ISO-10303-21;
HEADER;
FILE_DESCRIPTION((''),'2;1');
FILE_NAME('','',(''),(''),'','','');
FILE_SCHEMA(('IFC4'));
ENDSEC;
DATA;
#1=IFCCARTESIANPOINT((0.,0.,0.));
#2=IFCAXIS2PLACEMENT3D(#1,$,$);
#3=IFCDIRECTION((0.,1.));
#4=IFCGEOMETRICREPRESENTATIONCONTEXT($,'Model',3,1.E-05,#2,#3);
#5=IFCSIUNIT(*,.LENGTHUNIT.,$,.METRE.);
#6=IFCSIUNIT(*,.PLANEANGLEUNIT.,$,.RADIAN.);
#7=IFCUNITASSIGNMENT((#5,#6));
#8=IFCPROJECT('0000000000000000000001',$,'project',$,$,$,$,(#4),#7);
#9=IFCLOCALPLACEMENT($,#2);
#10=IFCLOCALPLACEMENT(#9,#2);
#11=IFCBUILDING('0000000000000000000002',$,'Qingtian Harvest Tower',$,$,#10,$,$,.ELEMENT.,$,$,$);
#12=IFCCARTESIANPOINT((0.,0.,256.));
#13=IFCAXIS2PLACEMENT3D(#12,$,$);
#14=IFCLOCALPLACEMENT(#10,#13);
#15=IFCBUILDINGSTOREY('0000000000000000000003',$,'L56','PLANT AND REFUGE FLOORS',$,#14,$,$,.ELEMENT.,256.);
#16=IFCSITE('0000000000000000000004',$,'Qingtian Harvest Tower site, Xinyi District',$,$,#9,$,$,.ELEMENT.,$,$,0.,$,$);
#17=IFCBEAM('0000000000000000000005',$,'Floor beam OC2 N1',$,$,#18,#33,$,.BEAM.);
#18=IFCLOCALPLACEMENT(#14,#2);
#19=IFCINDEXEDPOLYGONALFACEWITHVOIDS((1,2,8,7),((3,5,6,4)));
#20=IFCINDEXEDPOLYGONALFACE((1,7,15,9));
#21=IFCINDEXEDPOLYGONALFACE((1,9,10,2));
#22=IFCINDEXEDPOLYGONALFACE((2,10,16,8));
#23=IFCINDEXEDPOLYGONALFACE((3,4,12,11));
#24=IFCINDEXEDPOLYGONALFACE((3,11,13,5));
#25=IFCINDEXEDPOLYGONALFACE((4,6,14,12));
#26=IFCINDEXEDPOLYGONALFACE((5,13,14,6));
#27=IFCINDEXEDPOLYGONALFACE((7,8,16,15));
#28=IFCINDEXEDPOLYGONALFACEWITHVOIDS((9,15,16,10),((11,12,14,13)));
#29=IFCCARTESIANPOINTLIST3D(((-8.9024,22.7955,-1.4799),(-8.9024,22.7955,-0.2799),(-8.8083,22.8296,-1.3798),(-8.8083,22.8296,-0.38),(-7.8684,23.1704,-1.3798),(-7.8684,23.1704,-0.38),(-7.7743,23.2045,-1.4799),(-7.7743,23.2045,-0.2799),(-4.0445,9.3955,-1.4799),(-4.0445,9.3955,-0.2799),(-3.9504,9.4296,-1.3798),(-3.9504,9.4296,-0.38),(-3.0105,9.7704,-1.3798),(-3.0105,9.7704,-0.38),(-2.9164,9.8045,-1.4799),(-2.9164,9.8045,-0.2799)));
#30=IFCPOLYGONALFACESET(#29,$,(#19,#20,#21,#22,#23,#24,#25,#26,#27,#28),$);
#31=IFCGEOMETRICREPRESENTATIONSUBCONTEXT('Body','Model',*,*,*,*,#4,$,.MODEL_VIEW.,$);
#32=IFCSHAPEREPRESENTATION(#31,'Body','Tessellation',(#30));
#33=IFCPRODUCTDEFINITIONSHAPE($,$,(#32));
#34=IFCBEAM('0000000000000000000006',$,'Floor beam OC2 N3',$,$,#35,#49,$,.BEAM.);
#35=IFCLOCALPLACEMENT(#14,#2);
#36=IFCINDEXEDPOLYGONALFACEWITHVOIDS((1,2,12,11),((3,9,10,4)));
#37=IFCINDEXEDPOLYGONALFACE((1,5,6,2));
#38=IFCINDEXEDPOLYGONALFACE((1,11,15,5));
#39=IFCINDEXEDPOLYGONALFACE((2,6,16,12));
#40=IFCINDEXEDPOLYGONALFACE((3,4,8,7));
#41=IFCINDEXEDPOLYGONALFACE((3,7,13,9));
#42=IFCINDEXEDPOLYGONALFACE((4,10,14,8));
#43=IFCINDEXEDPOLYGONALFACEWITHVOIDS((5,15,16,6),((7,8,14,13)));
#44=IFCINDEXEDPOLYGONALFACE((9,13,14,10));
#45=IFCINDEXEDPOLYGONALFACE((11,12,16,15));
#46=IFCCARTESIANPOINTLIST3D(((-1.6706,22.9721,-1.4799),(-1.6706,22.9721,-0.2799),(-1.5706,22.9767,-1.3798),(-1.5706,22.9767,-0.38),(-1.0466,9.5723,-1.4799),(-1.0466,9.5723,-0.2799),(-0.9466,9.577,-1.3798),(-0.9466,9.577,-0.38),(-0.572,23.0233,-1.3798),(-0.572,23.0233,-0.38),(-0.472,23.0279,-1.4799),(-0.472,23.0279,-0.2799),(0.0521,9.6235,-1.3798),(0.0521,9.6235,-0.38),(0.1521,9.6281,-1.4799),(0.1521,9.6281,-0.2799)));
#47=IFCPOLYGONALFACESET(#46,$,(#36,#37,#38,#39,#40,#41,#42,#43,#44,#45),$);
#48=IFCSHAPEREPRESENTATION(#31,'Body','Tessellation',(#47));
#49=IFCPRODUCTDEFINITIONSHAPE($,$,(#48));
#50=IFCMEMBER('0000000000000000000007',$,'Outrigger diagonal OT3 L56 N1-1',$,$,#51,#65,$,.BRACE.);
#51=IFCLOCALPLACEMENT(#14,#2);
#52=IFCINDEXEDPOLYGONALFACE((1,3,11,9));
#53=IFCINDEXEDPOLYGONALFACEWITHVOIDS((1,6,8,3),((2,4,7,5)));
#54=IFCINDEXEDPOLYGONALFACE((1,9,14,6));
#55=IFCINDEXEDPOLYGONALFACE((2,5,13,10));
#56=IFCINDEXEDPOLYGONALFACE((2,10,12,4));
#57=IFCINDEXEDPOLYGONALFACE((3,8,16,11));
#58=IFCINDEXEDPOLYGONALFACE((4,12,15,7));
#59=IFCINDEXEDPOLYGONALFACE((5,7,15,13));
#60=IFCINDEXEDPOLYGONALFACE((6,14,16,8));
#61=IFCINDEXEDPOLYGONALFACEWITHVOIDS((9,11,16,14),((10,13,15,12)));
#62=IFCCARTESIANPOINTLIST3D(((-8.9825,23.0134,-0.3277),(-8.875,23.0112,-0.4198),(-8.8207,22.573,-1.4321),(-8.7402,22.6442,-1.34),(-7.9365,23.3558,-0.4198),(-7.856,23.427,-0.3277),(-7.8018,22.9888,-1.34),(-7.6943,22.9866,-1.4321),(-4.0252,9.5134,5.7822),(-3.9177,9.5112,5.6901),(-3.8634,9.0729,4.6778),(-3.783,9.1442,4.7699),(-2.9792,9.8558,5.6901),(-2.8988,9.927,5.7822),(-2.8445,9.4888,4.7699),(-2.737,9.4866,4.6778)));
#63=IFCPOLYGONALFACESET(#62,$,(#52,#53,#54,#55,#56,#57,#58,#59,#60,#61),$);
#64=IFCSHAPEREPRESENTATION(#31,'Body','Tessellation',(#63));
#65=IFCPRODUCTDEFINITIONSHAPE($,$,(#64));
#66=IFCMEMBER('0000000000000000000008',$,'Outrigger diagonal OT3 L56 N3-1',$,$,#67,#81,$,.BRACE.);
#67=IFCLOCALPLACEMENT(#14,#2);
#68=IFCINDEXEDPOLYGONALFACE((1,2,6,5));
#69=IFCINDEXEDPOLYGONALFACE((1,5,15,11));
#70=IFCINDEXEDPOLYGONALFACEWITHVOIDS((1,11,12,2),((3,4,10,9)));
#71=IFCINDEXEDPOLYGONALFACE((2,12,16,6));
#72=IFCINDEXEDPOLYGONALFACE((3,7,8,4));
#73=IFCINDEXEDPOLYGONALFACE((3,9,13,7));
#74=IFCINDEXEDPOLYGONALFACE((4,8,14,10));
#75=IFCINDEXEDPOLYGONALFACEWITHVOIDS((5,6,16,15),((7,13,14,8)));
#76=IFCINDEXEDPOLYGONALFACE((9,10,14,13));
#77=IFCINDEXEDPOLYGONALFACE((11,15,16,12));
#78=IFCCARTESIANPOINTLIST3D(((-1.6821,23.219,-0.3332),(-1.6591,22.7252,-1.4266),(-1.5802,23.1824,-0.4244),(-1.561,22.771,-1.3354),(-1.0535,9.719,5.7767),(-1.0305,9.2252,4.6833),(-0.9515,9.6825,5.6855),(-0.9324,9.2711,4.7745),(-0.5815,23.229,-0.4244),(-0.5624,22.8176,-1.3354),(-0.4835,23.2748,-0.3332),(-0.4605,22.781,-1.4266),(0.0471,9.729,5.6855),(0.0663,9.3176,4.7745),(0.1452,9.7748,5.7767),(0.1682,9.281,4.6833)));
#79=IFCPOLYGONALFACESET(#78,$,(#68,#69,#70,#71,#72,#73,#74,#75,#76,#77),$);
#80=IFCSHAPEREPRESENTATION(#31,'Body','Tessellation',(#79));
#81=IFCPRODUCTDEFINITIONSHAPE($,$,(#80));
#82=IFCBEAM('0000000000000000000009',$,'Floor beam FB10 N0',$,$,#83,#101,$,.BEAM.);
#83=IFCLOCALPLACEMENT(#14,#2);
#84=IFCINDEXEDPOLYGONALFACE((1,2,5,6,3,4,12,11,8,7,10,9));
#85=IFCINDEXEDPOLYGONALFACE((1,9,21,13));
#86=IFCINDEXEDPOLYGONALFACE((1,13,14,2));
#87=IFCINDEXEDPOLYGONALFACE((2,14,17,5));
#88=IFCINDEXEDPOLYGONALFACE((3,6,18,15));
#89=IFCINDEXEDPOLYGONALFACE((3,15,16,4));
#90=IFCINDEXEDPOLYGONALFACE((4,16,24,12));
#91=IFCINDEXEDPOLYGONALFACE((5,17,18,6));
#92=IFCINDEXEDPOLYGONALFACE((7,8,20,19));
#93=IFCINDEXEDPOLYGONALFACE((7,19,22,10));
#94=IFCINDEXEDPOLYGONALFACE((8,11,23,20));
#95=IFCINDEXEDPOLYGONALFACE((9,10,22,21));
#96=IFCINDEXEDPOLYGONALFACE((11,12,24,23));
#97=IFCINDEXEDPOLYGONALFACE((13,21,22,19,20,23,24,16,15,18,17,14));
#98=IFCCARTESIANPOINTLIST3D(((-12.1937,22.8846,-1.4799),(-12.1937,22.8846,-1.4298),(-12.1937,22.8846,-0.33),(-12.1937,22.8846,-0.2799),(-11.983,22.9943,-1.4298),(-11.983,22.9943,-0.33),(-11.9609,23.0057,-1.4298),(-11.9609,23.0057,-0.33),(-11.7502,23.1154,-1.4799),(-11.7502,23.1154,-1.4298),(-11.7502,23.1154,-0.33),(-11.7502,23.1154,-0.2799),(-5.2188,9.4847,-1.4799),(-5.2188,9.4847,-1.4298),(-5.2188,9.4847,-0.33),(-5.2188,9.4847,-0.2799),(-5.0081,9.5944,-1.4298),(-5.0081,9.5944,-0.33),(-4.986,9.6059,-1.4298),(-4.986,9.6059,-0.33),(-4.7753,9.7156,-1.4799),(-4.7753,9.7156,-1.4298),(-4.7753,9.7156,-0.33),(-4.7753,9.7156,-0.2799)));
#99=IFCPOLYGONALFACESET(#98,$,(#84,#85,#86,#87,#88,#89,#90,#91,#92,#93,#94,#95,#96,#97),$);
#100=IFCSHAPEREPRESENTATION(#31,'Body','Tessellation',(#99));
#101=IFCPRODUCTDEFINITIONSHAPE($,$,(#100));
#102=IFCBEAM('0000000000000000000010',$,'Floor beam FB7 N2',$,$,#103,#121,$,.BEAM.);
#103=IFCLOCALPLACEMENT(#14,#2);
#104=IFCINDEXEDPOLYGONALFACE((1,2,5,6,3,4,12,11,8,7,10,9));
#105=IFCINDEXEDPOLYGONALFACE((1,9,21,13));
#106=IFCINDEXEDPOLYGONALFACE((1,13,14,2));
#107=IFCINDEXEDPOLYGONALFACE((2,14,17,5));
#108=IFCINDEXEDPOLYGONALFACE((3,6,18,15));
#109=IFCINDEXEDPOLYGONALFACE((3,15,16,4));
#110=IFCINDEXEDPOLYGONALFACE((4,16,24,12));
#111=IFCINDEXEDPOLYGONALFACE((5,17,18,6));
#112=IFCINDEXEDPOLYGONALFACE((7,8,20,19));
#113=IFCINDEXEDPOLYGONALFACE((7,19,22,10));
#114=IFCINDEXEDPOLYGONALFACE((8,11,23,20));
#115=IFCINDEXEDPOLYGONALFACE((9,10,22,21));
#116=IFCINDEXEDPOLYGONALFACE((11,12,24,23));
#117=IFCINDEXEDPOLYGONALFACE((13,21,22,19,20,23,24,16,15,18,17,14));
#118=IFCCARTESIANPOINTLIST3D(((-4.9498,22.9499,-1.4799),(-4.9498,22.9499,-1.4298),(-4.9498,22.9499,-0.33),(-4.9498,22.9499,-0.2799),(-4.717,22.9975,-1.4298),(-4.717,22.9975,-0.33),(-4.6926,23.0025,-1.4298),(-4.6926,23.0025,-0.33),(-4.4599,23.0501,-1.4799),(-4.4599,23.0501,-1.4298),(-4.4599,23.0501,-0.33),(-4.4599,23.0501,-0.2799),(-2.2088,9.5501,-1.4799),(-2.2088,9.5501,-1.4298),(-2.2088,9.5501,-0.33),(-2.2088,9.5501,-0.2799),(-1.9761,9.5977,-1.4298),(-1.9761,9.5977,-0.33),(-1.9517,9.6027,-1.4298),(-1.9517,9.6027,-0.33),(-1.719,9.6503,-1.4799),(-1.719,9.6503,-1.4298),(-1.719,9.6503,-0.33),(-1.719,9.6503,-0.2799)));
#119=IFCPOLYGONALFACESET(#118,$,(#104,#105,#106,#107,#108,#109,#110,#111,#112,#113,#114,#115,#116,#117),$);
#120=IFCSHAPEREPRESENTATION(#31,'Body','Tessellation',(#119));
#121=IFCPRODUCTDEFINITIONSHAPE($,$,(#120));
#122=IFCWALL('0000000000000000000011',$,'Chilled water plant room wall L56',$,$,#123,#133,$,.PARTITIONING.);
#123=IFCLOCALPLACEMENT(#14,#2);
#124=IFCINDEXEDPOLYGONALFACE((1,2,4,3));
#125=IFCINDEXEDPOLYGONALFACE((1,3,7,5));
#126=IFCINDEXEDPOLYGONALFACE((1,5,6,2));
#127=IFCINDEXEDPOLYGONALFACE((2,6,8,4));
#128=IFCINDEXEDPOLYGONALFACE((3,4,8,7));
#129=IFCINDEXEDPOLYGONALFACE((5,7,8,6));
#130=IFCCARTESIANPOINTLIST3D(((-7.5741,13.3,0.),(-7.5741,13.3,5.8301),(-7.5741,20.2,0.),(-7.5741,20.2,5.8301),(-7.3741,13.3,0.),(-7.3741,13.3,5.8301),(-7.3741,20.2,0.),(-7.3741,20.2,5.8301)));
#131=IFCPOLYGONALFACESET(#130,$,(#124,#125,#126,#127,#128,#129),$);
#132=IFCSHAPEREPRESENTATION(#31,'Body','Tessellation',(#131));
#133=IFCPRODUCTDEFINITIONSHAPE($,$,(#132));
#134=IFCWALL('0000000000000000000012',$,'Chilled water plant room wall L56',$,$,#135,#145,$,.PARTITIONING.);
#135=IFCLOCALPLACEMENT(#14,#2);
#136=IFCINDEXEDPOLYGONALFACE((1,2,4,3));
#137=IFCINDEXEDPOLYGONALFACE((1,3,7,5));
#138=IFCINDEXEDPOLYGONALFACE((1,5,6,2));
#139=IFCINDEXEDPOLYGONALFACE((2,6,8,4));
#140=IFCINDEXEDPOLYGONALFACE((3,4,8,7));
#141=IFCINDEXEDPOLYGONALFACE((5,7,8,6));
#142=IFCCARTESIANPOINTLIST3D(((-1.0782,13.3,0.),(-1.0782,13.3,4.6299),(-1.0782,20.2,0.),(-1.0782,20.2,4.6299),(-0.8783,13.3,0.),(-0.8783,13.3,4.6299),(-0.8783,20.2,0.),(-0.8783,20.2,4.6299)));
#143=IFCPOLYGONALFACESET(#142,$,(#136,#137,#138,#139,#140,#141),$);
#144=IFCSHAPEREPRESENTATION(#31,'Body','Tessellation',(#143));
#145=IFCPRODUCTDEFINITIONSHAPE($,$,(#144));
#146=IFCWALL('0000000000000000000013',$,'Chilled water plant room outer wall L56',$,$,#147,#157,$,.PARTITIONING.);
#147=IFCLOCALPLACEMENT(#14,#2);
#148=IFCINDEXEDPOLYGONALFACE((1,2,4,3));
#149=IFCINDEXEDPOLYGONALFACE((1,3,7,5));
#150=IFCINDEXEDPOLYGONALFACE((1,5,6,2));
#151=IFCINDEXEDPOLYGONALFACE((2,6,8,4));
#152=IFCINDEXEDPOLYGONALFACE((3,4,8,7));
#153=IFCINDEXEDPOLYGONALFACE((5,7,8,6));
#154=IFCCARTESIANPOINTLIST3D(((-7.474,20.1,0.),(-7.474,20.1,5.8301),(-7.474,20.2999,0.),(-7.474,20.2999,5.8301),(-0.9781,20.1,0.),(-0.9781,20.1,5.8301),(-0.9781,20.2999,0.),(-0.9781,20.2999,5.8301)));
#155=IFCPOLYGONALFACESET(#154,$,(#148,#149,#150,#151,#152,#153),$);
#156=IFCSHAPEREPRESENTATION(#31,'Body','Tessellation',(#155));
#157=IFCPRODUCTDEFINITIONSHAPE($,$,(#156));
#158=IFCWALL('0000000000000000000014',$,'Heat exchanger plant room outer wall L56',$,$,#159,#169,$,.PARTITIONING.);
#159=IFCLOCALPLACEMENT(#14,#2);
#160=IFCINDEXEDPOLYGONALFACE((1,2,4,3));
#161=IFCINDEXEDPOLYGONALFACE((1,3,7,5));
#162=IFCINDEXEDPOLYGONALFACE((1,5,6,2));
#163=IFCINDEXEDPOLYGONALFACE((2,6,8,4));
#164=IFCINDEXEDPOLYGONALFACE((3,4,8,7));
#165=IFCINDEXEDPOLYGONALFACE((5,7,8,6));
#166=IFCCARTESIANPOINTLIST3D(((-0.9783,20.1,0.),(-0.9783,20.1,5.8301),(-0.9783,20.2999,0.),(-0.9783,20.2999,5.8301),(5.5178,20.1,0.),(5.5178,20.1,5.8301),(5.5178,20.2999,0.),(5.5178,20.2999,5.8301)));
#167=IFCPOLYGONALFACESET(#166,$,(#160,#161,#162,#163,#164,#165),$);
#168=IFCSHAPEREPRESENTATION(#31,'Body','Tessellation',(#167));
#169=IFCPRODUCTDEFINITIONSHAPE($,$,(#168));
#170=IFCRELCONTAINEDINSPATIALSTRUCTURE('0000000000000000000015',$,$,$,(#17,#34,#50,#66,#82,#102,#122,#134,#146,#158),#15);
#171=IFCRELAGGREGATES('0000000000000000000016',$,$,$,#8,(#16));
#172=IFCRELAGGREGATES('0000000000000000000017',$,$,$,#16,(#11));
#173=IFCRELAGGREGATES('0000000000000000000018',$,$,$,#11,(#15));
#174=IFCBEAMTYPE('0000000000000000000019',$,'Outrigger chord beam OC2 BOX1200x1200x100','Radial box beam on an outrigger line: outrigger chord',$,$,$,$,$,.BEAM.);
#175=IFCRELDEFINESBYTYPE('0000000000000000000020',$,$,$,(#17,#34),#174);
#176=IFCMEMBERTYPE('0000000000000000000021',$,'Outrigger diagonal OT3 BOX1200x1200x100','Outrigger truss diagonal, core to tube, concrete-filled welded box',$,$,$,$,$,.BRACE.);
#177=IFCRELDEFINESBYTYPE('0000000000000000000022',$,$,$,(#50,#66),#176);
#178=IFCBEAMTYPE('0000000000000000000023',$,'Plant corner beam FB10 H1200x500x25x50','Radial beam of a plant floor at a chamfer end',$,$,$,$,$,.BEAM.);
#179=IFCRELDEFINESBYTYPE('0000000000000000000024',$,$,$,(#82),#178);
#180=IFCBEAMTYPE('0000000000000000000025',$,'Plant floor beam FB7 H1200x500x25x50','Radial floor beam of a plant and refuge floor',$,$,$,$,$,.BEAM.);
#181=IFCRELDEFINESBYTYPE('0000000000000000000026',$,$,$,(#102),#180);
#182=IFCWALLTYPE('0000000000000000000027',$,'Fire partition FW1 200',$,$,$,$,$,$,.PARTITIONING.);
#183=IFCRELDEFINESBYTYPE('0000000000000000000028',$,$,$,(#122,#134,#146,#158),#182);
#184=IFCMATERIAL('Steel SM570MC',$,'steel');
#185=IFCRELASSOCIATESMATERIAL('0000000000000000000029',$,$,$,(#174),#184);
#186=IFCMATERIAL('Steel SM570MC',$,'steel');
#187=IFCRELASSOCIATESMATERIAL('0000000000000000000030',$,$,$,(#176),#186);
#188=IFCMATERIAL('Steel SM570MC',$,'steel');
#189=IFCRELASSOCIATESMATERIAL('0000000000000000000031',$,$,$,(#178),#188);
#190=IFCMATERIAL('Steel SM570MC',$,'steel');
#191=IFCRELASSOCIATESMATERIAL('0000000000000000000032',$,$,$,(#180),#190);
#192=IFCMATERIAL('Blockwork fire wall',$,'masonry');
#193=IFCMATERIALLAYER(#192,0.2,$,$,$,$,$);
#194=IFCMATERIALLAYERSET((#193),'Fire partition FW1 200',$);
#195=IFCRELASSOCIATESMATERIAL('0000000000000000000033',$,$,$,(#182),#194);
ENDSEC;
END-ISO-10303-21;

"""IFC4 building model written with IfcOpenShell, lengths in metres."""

from ifc_helpers import new_model, si_unit, direction, frame, frame_2d, origin, origin_2d, place, context, subcontext, project, spatial, rectangle, hollow_rectangle, i_section, extrude, material, layer, layer_set, material_profile, profile_set, type_object, element, save


model = new_model("IFC4")

# Units and contexts
model_context = context("Model", 3, precision=1e-05, world=origin(), true_north=direction((0.0, 1.0)))
body_context = subcontext(model_context, "Body", "Model", "MODEL_VIEW")
ifc_project = project(units=[si_unit("LENGTHUNIT", "METRE"), si_unit("PLANEANGLEUNIT", "RADIAN")], contexts=[model_context])

# Site, building, storey
site_placement = place(None, origin())
site = spatial("IfcSite", under=ifc_project, at=site_placement, Name="Qingtian Harvest Tower site, Xinyi District", CompositionType="ELEMENT", RefElevation=0.0)
building_placement = place(site_placement, origin())
building = spatial("IfcBuilding", under=site, at=building_placement, Name="Qingtian Harvest Tower", CompositionType="ELEMENT")
storey_placement = place(building_placement, frame((0.0, 0.0, 256.0)))
storey = spatial("IfcBuildingStorey", under=building, at=storey_placement, Name="L56", Description="PLANT AND REFUGE FLOORS", CompositionType="ELEMENT", Elevation=256.0)

# Beams
ifc_material_1 = material(Name="Steel SM570MC", Category="steel")
ifc_material_profile_1 = material_profile(ifc_material_1, hollow_rectangle(XDim=1.2, YDim=1.2, WallThickness=0.1001, at=origin_2d()), Name="BOX1200x1200x100")
ifc_profile_set_1 = profile_set([ifc_material_profile_1], Name="Steel SM570MC")
beam_type_1 = type_object("IfcBeamType", Name="Outrigger chord beam OC2 BOX1200x1200x100", Description="Radial box beam on an outrigger line: outrigger chord", PredefinedType="BEAM", material=ifc_profile_set_1)
beam_1_placement = place(storey_placement, frame((-8.3384, 23.0, -0.8799), z_axis=(0.340827, -0.940126, 0.0), x_axis=(0.940126, 0.340827, 0.0)))
element("IfcBeam", 1, at=beam_1_placement, inside=storey, type_object=beam_type_1, Name="Floor beam OC2 N1", PredefinedType="BEAM", context=body_context, shape_type="SweptSolid", body=[
    extrude(hollow_rectangle(XDim=1.2, YDim=1.2, WallThickness=0.1001, at=origin_2d()), origin(), (0.0, 0.0, 1.0), 14.2534),
])
beam_2_placement = place(storey_placement, frame((-1.0713, 23.0, -0.8799), z_axis=(0.046519, -0.998917, 0.0), x_axis=(0.998917, 0.046519, 0.0)))
element("IfcBeam", 2, at=beam_2_placement, inside=storey, type_object=beam_type_1, Name="Floor beam OC2 N3", PredefinedType="BEAM", context=body_context, shape_type="SweptSolid", body=[
    extrude(hollow_rectangle(XDim=1.2, YDim=1.2, WallThickness=0.1001, at=origin_2d()), origin(), (0.0, 0.0, 1.0), 13.4143),
])

# Members
ifc_material_2 = material(Name="Steel SM570MC", Category="steel")
ifc_material_profile_2 = material_profile(ifc_material_2, hollow_rectangle(XDim=1.2, YDim=1.2, WallThickness=0.1001, at=origin_2d()), Name="BOX1200x1200x100")
ifc_profile_set_2 = profile_set([ifc_material_profile_2], Name="Steel SM570MC")
member_type_1 = type_object("IfcMemberType", Name="Outrigger diagonal OT3 BOX1200x1200x100", Description="Outrigger truss diagonal, core to tube, concrete-filled welded box", PredefinedType="BRACE", material=ifc_profile_set_2)
member_1_placement = place(storey_placement, frame((-8.3384, 23.0, -0.8799), z_axis=(0.317256, -0.863975, 0.39102), x_axis=(0.938713, 0.344701, 0.0)))
element("IfcMember", 3, at=member_1_placement, inside=storey, type_object=member_type_1, Name="Outrigger diagonal OT3 L56 N1-1", PredefinedType="BRACE", context=body_context, shape_type="SweptSolid", body=[
    extrude(hollow_rectangle(XDim=1.2, YDim=1.2, WallThickness=0.1001, at=origin_2d()), origin(), (0.0, 0.0, 1.0), 15.6255),
])
member_2_placement = place(storey_placement, frame((-1.0713, 23.0, -0.8799), z_axis=(0.042387, -0.91022, 0.41195), x_axis=(0.998917, 0.046517, 0.0)))
element("IfcMember", 4, at=member_2_placement, inside=storey, type_object=member_type_1, Name="Outrigger diagonal OT3 L56 N3-1", PredefinedType="BRACE", context=body_context, shape_type="SweptSolid", body=[
    extrude(hollow_rectangle(XDim=1.2, YDim=1.2, WallThickness=0.1001, at=origin_2d()), origin(), (0.0, 0.0, 1.0), 14.8315),
])

# Beams
ifc_material_3 = material(Name="Steel SM570MC", Category="steel")
ifc_material_profile_3 = material_profile(ifc_material_3, i_section(OverallWidth=0.5, OverallDepth=1.2, WebThickness=0.0249, FlangeThickness=0.05, at=origin_2d()), Name="H1200x500x25x50")
ifc_profile_set_3 = profile_set([ifc_material_profile_3], Name="Steel SM570MC")
beam_type_2 = type_object("IfcBeamType", Name="Plant corner beam FB10 H1200x500x25x50", Description="Radial beam of a plant floor at a chamfer end", PredefinedType="BEAM", material=ifc_profile_set_3)
beam_3_placement = place(storey_placement, frame((-11.9719, 23.0, -0.8799), z_axis=(0.461712, -0.88703, 0.0), x_axis=(0.88703, 0.461712, 0.0)))
element("IfcBeam", 5, at=beam_3_placement, inside=storey, type_object=beam_type_2, Name="Floor beam FB10 N0", PredefinedType="BEAM", context=body_context, shape_type="SweptSolid", body=[
    extrude(i_section(OverallWidth=0.5, OverallDepth=1.2, WebThickness=0.0249, FlangeThickness=0.05, at=origin_2d()), origin(), (0.0, 0.0, 1.0), 15.1064),
])
ifc_material_4 = material(Name="Steel SM570MC", Category="steel")
ifc_material_profile_4 = material_profile(ifc_material_4, i_section(OverallWidth=0.5, OverallDepth=1.2, WebThickness=0.0249, FlangeThickness=0.05, at=origin_2d()), Name="H1200x500x25x50")
ifc_profile_set_4 = profile_set([ifc_material_profile_4], Name="Steel SM570MC")
beam_type_3 = type_object("IfcBeamType", Name="Plant floor beam FB7 H1200x500x25x50", Description="Radial floor beam of a plant and refuge floor", PredefinedType="BEAM", material=ifc_profile_set_4)
beam_4_placement = place(storey_placement, frame((-4.7048, 23.0, -0.8799), z_axis=(0.200402, -0.979714, 0.0), x_axis=(0.979714, 0.200402, 0.0)))
element("IfcBeam", 6, at=beam_4_placement, inside=storey, type_object=beam_type_3, Name="Floor beam FB7 N2", PredefinedType="BEAM", context=body_context, shape_type="SweptSolid", body=[
    extrude(i_section(OverallWidth=0.5, OverallDepth=1.2, WebThickness=0.0249, FlangeThickness=0.05, at=origin_2d()), origin(), (0.0, 0.0, 1.0), 13.6772),
])

# Walls
ifc_material_5 = material(Name="Blockwork fire wall", Category="masonry")
ifc_layer_1 = layer(ifc_material_5, 0.2)
ifc_layer_set_1 = layer_set([ifc_layer_1], Name="Fire partition FW1 200")
wall_type = type_object("IfcWallType", Name="Fire partition FW1 200", PredefinedType="PARTITIONING", material=ifc_layer_set_1)
wall_1_placement = place(storey_placement, frame((-7.4741, 20.2, 0.0), z_axis=(0.0, 0.0, 1.0), x_axis=(0.0, -1.0, 0.0)))
element("IfcWall", 7, at=wall_1_placement, inside=storey, type_object=wall_type, Name="Chilled water plant room wall L56", PredefinedType="PARTITIONING", context=body_context, shape_type="SweptSolid", body=[
    extrude(rectangle(XDim=6.8999, YDim=0.2, at=frame_2d((3.45, 0.0))), origin(), (0.0, 0.0, 1.0), 5.8301),
])
wall_2_placement = place(storey_placement, frame((-0.9783, 20.2, 0.0), z_axis=(0.0, 0.0, 1.0), x_axis=(0.0, -1.0, 0.0)))
element("IfcWall", 8, at=wall_2_placement, inside=storey, type_object=wall_type, Name="Chilled water plant room wall L56", PredefinedType="PARTITIONING", context=body_context, shape_type="SweptSolid", body=[
    extrude(rectangle(XDim=6.8999, YDim=0.2, at=frame_2d((3.45, 0.0))), origin(), (0.0, 0.0, 1.0), 4.6299),
])
wall_3_placement = place(storey_placement, frame((-7.4741, 20.2, 0.0), z_axis=(0.0, 0.0, 1.0), x_axis=(1.0, 0.0, 0.0)))
element("IfcWall", 9, at=wall_3_placement, inside=storey, type_object=wall_type, Name="Chilled water plant room outer wall L56", PredefinedType="PARTITIONING", context=body_context, shape_type="SweptSolid", body=[
    extrude(rectangle(XDim=6.4958, YDim=0.2, at=frame_2d((3.248, 0.0))), origin(), (0.0, 0.0, 1.0), 5.8301),
])
wall_4_placement = place(storey_placement, frame((-0.9783, 20.2, 0.0), z_axis=(0.0, 0.0, 1.0), x_axis=(1.0, 0.0, 0.0)))
element("IfcWall", 10, at=wall_4_placement, inside=storey, type_object=wall_type, Name="Heat exchanger plant room outer wall L56", PredefinedType="PARTITIONING", context=body_context, shape_type="SweptSolid", body=[
    extrude(rectangle(XDim=6.4961, YDim=0.2, at=frame_2d((3.248, 0.0))), origin(), (0.0, 0.0, 1.0), 5.8301),
])

save(model, "model.ifc")
